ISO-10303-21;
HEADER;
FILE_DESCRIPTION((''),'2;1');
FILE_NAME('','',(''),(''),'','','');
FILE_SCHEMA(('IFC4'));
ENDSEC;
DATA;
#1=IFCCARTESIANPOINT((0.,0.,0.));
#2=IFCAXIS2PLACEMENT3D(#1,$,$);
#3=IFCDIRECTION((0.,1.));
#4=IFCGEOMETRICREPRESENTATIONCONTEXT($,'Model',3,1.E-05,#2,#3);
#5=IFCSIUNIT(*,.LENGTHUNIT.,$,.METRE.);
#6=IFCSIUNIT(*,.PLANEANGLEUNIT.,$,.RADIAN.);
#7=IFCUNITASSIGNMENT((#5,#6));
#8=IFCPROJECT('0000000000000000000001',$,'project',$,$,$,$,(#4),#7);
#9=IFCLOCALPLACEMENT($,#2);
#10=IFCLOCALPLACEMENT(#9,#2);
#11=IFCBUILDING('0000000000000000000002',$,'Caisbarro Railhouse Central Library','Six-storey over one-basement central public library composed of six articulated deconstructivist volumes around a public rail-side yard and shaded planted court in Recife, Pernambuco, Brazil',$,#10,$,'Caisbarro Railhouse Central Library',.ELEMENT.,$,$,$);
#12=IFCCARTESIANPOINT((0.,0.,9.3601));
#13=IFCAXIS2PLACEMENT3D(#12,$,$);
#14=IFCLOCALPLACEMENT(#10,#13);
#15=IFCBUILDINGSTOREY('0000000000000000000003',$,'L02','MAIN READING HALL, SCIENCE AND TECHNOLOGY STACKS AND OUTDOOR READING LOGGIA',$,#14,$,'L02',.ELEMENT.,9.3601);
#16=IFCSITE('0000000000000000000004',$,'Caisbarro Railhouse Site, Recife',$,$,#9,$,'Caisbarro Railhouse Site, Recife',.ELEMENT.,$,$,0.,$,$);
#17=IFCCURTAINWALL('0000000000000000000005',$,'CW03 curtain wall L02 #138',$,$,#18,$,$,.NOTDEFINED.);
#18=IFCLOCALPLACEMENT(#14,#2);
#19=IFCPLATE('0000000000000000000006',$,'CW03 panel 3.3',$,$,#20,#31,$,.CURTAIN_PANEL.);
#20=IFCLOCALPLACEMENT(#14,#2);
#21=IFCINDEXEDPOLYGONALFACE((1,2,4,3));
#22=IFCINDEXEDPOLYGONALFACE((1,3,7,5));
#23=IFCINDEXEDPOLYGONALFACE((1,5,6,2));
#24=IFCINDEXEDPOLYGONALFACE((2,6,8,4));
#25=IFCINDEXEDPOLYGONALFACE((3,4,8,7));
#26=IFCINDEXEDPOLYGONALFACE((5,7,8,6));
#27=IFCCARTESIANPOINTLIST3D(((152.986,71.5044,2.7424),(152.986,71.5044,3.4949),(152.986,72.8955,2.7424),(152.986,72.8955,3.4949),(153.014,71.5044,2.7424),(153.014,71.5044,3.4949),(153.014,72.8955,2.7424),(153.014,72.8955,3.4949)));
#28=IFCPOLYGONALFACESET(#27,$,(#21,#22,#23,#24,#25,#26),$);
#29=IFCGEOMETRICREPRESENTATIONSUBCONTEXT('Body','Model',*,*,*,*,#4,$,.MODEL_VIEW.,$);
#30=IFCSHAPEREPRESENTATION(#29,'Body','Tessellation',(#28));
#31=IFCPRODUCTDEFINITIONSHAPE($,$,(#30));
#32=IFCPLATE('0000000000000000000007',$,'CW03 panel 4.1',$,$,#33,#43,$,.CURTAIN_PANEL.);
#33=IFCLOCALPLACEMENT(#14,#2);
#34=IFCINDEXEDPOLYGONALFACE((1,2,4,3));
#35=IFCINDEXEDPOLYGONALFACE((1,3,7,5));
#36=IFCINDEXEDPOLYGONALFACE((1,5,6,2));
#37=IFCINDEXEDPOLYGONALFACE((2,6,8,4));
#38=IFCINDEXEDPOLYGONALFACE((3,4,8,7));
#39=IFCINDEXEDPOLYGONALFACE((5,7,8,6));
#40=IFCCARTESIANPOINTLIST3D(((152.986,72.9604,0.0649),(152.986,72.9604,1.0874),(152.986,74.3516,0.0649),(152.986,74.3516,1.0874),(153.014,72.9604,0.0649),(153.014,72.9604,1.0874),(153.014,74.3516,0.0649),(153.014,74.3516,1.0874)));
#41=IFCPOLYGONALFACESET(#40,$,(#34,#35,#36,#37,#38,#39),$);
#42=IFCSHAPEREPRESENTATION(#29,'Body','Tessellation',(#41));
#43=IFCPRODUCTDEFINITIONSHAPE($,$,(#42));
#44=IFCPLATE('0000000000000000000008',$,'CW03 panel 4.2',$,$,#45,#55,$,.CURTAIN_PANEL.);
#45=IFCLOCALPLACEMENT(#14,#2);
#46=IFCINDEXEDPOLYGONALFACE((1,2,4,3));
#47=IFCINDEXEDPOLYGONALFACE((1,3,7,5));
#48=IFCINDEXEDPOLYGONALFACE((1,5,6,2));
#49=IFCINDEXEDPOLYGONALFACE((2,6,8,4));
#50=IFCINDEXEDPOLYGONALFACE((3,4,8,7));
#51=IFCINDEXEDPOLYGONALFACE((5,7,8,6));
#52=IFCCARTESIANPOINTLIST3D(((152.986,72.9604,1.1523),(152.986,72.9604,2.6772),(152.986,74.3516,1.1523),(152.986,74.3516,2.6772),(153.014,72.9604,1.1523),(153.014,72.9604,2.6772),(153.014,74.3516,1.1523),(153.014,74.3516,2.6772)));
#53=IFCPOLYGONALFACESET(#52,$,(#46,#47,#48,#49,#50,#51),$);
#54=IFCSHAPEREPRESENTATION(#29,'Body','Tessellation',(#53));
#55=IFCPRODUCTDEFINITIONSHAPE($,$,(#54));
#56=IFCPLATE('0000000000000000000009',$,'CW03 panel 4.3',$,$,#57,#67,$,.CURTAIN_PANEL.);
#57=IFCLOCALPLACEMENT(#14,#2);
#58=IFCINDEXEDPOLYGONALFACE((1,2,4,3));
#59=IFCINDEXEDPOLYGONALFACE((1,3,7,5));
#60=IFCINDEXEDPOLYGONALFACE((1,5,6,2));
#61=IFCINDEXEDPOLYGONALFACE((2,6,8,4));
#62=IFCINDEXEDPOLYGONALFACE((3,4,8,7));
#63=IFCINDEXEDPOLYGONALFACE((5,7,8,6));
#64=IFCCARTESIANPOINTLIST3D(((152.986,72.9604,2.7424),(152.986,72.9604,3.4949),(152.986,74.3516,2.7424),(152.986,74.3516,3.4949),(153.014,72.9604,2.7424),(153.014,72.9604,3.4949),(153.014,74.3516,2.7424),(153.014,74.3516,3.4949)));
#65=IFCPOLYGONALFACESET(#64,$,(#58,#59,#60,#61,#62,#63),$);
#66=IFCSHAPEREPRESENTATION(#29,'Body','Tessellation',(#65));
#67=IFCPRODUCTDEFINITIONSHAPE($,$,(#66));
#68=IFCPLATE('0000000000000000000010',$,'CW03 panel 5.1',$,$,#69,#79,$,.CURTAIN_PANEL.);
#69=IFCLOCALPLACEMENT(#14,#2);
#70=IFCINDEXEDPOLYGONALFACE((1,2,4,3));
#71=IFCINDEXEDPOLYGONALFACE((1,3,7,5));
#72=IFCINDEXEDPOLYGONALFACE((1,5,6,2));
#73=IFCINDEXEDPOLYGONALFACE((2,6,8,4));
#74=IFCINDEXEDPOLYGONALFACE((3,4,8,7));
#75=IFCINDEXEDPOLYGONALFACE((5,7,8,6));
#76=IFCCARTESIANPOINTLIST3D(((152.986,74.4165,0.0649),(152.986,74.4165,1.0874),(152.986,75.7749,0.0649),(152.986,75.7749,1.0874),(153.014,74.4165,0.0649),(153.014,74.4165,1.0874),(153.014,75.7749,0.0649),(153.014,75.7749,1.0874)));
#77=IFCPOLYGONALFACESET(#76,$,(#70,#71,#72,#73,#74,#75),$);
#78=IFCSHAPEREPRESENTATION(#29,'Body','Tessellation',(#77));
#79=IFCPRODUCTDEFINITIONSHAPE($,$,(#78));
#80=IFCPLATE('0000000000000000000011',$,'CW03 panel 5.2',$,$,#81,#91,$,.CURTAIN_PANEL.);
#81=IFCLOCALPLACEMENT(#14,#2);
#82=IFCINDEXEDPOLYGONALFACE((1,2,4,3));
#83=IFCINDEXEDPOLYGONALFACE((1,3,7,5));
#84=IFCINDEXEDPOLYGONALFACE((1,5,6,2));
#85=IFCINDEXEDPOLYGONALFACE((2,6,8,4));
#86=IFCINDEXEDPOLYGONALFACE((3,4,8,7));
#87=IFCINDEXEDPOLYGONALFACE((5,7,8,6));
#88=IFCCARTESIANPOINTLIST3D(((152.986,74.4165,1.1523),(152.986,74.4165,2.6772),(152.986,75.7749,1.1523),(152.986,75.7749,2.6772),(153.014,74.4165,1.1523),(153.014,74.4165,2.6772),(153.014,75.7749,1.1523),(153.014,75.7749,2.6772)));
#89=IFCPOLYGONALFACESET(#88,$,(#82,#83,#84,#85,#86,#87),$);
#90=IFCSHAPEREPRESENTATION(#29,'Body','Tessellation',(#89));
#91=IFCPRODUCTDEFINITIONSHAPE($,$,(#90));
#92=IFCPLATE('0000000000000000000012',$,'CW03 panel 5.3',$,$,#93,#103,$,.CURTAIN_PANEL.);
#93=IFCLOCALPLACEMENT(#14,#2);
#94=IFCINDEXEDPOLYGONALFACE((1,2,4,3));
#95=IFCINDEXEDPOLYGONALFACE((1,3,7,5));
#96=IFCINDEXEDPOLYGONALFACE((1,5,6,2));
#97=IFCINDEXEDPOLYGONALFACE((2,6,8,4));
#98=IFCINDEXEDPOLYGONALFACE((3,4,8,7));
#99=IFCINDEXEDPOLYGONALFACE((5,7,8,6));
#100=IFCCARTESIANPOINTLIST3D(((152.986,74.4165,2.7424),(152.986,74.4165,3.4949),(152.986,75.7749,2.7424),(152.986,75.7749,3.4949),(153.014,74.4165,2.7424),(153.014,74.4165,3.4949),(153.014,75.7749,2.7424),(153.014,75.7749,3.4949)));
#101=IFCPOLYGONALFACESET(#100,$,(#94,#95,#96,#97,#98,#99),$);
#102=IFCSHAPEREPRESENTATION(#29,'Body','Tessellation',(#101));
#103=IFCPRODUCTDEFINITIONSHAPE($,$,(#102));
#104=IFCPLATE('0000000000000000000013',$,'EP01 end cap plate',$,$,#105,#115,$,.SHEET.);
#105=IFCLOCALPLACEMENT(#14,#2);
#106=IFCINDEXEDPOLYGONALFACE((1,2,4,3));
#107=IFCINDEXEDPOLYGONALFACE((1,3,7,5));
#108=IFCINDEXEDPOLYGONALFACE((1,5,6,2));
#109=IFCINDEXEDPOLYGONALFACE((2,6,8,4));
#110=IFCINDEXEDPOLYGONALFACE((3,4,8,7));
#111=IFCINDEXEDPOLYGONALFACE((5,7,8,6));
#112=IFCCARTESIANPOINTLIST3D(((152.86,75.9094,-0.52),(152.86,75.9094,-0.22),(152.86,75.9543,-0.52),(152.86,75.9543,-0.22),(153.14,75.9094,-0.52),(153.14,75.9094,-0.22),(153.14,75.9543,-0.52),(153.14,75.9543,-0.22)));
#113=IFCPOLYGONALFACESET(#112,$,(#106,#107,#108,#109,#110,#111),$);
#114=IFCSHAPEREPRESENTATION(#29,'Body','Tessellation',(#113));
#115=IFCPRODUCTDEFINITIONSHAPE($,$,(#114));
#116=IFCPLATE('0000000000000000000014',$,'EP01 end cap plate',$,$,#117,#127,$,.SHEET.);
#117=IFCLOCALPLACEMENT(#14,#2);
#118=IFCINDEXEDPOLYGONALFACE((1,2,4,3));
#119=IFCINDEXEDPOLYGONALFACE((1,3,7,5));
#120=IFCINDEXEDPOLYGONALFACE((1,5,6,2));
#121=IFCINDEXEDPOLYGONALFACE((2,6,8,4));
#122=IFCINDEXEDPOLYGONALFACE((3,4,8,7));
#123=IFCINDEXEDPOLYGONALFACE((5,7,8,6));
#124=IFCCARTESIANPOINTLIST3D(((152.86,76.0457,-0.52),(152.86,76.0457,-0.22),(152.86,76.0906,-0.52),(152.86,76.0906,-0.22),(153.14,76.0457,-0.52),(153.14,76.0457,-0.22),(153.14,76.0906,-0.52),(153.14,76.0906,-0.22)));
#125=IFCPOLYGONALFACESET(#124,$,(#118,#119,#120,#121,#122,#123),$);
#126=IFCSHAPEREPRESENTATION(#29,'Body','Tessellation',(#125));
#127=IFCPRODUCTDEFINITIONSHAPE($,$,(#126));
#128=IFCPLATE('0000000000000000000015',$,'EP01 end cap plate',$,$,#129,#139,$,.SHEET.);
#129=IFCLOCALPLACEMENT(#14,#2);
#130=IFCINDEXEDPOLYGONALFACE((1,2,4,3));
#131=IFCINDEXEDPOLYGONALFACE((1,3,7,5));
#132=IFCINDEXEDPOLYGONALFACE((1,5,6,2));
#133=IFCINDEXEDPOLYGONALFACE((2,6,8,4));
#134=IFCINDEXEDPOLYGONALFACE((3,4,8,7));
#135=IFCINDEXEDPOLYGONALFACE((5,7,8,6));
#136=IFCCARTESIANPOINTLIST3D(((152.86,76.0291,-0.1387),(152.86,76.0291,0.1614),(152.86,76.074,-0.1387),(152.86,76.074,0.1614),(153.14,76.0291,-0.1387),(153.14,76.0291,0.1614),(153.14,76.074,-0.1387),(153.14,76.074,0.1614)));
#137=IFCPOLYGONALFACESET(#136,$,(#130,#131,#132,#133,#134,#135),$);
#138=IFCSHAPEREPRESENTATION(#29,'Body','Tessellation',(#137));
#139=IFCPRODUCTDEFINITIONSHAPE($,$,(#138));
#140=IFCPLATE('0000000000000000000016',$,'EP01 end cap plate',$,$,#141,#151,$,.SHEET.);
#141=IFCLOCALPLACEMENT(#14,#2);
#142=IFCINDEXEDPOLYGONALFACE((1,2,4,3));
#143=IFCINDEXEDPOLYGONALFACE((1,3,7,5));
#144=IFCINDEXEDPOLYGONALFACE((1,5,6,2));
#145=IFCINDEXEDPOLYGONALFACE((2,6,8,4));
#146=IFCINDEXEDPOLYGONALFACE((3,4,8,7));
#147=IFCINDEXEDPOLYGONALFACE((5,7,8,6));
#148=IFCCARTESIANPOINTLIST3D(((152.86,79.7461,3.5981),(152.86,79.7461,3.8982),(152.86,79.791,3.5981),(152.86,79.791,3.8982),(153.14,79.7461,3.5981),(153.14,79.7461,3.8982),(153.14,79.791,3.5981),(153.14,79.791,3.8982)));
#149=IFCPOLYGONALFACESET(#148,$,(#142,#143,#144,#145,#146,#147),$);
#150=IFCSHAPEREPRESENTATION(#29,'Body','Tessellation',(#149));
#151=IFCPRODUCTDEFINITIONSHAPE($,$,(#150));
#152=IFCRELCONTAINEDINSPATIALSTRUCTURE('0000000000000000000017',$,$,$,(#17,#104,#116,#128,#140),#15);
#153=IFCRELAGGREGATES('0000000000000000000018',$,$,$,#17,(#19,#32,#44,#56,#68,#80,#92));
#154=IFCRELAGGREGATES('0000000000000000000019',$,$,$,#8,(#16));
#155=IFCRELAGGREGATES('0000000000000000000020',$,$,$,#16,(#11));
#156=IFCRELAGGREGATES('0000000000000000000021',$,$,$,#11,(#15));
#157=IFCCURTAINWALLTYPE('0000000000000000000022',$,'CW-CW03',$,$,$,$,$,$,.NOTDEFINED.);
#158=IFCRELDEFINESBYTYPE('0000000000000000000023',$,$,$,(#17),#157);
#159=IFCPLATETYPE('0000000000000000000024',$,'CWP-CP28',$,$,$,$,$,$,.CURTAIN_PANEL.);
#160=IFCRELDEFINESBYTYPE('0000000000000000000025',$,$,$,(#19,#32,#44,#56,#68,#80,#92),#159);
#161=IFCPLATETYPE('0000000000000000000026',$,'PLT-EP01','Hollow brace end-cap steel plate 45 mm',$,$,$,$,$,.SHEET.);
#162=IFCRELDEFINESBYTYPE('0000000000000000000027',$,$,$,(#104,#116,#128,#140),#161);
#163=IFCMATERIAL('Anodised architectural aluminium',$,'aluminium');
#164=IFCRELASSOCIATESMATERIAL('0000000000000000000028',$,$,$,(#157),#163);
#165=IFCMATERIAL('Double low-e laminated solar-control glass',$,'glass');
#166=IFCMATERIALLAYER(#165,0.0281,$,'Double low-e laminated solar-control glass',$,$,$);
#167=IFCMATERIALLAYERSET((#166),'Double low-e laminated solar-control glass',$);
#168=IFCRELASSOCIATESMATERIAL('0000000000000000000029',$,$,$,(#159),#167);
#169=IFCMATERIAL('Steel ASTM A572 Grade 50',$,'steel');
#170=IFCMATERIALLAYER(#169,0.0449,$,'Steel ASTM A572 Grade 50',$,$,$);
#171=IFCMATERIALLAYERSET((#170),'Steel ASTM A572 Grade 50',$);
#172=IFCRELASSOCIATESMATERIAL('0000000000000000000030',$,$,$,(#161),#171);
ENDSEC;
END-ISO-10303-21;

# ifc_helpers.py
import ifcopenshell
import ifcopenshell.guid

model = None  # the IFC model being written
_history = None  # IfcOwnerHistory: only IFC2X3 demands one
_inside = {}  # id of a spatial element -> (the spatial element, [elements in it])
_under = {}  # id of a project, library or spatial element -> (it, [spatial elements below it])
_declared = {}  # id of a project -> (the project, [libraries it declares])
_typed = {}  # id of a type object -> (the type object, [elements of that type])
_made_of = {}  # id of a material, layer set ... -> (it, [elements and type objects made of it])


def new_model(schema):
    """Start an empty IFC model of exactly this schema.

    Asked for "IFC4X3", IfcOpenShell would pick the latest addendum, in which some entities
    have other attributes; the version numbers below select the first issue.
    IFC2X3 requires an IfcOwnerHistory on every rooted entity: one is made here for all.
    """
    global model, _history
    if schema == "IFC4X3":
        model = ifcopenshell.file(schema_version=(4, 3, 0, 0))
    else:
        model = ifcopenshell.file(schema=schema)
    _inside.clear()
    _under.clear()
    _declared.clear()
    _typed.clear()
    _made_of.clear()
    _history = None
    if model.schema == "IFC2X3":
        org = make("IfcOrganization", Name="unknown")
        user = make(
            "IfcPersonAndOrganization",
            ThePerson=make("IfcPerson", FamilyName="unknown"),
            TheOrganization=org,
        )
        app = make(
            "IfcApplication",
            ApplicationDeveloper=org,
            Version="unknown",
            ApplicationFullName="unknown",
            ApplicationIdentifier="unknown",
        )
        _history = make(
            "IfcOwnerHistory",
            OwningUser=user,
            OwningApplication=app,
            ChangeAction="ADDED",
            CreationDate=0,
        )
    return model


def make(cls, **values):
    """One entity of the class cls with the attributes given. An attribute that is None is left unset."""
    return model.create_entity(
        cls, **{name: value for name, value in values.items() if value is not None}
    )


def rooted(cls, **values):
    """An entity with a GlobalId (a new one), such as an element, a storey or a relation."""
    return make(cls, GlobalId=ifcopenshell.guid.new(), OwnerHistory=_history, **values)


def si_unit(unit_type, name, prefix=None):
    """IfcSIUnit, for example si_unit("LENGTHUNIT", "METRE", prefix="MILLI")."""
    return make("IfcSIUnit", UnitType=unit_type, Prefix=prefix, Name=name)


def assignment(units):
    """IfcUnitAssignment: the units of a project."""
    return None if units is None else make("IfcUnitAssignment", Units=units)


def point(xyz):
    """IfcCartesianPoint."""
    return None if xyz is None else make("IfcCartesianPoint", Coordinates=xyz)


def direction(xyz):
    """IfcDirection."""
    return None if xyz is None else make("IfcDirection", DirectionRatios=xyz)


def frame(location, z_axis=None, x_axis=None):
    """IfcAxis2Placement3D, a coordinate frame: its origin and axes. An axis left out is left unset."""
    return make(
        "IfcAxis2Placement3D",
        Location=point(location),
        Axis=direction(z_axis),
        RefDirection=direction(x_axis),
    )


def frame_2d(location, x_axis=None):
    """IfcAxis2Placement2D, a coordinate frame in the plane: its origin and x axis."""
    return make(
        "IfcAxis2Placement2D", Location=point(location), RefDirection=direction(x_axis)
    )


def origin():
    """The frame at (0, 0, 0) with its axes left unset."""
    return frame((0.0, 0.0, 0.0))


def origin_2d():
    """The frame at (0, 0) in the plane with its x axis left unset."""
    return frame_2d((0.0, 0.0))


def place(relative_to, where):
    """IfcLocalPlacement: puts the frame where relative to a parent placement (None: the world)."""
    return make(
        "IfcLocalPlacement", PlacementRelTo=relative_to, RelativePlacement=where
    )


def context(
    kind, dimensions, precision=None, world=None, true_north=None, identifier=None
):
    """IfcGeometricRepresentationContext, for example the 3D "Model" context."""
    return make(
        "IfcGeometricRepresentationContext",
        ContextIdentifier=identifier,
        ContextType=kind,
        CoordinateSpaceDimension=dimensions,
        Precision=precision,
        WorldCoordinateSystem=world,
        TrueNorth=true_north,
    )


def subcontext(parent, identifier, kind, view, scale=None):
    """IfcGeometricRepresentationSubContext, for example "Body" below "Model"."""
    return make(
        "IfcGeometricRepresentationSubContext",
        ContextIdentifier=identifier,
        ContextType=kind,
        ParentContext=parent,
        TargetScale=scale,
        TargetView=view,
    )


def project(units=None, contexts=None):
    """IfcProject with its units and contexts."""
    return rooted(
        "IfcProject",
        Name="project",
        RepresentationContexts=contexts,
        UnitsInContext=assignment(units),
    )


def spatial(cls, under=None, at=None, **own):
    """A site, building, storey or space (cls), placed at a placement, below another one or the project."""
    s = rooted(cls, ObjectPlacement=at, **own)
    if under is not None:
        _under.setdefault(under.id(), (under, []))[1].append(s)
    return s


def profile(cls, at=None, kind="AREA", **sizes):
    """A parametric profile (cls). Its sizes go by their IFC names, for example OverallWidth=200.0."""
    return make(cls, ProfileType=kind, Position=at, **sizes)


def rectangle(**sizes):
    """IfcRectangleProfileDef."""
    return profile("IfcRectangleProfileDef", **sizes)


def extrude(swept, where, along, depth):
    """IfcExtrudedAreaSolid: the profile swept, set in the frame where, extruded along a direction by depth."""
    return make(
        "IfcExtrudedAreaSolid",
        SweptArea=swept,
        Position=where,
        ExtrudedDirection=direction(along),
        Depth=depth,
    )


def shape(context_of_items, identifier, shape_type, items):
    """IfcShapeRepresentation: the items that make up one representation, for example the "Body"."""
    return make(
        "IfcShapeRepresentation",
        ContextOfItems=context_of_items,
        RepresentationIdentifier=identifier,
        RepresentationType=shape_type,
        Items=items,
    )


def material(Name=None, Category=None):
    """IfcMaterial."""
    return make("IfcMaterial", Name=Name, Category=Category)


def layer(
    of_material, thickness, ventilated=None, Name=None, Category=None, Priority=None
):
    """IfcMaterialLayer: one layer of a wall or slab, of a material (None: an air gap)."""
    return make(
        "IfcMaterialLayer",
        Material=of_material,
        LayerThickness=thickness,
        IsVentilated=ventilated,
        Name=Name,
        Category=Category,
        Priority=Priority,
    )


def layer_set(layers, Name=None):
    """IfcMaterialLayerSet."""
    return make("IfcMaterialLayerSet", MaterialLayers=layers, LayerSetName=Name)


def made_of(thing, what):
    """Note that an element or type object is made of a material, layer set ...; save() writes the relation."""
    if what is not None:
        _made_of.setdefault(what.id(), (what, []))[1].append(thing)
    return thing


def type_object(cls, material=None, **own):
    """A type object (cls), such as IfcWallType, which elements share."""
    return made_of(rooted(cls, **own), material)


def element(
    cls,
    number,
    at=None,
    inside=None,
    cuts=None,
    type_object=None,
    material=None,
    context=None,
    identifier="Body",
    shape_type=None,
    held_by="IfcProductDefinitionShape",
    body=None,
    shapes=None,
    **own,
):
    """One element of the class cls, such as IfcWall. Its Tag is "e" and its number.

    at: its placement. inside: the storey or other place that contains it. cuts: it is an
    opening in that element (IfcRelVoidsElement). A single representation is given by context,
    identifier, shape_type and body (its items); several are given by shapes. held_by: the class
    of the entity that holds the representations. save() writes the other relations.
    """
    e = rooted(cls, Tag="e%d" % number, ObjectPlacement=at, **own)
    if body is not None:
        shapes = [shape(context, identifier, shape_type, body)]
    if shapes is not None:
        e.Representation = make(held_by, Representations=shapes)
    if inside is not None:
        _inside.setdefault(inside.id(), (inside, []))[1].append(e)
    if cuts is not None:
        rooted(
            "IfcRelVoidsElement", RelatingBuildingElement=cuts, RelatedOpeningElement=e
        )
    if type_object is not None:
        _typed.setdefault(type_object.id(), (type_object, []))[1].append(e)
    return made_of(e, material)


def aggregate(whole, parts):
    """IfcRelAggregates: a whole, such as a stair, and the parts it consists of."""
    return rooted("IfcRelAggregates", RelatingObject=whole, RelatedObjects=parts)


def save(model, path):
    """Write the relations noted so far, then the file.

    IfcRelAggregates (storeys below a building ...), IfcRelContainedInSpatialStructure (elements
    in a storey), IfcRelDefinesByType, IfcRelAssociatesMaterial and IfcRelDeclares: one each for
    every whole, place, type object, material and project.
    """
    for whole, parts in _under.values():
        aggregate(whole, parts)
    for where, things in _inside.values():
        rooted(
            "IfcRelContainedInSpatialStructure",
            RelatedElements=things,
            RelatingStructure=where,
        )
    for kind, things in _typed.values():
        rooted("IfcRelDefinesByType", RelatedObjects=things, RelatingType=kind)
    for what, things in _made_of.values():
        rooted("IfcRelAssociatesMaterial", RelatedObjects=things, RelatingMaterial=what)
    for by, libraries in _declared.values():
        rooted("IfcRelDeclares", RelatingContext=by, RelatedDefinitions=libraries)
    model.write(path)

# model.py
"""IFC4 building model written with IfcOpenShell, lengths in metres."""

from ifc_helpers import new_model, si_unit, direction, frame, origin, origin_2d, place, context, subcontext, project, spatial, rectangle, extrude, material, layer, layer_set, type_object, element, aggregate, save


model = new_model("IFC4")

# Units and contexts
model_context = context("Model", 3, precision=1e-05, world=origin(), true_north=direction((0.0, 1.0)))
body_context = subcontext(model_context, "Body", "Model", "MODEL_VIEW")
ifc_project = project(units=[si_unit("LENGTHUNIT", "METRE"), si_unit("PLANEANGLEUNIT", "RADIAN")], contexts=[model_context])

# Site, building, storey
site_placement = place(None, origin())
site = spatial("IfcSite", under=ifc_project, at=site_placement, Name="Caisbarro Railhouse Site, Recife", LongName="Caisbarro Railhouse Site, Recife", CompositionType="ELEMENT", RefElevation=0.0)
building_placement = place(site_placement, origin())
building = spatial("IfcBuilding", under=site, at=building_placement, Name="Caisbarro Railhouse Central Library", Description="Six-storey over one-basement central public library composed of six articulated deconstructivist volumes around a public rail-side yard and shaded planted court in Recife, Pernambuco, Brazil", LongName="Caisbarro Railhouse Central Library", CompositionType="ELEMENT")
storey_placement = place(building_placement, frame((0.0, 0.0, 9.3601)))
storey = spatial("IfcBuildingStorey", under=building, at=storey_placement, Name="L02", Description="MAIN READING HALL, SCIENCE AND TECHNOLOGY STACKS AND OUTDOOR READING LOGGIA", LongName="L02", CompositionType="ELEMENT", Elevation=9.3601)

# Shared definitions
ifc_material_1 = material(Name="Steel ASTM A572 Grade 50", Category="steel")

# Curtain wall
ifc_material_2 = material(Name="Anodised architectural aluminium", Category="aluminium")
curtain_wall_type = type_object("IfcCurtainWallType", Name="CW-CW03", PredefinedType="NOTDEFINED", material=ifc_material_2)
curtain_wall_placement = place(storey_placement, origin())
curtain_wall = element("IfcCurtainWall", 1, at=curtain_wall_placement, inside=storey, type_object=curtain_wall_type, Name="CW03 curtain wall L02 #138", PredefinedType="NOTDEFINED")

# Plates
ifc_material_3 = material(Name="Double low-e laminated solar-control glass", Category="glass")
ifc_layer_1 = layer(ifc_material_3, 0.0281, Name="Double low-e laminated solar-control glass")
ifc_layer_set_1 = layer_set([ifc_layer_1], Name="Double low-e laminated solar-control glass")
plate_type_1 = type_object("IfcPlateType", Name="CWP-CP28", PredefinedType="CURTAIN_PANEL", material=ifc_layer_set_1)
plate_1_placement = place(storey_placement, frame((153.0, 72.2, 2.7424), z_axis=(0.0, 0.0, 1.0), x_axis=(0.0, 1.0, 0.0)))
plate_1 = element("IfcPlate", 2, at=plate_1_placement, type_object=plate_type_1, Name="CW03 panel 3.3", PredefinedType="CURTAIN_PANEL", context=body_context, shape_type="SweptSolid", body=[
    extrude(rectangle(XDim=1.3911, YDim=0.0281, at=origin_2d()), origin(), (0.0, 0.0, 1.0), 0.7524),
])
plate_2_placement = place(storey_placement, frame((153.0, 73.656, 0.0649), z_axis=(0.0, 0.0, 1.0), x_axis=(0.0, 1.0, 0.0)))
plate_2 = element("IfcPlate", 3, at=plate_2_placement, type_object=plate_type_1, Name="CW03 panel 4.1", PredefinedType="CURTAIN_PANEL", context=body_context, shape_type="SweptSolid", body=[
    extrude(rectangle(XDim=1.3911, YDim=0.0281, at=origin_2d()), origin(), (0.0, 0.0, 1.0), 1.0225),
])
plate_3_placement = place(storey_placement, frame((153.0, 73.656, 1.1523), z_axis=(0.0, 0.0, 1.0), x_axis=(0.0, 1.0, 0.0)))
plate_3 = element("IfcPlate", 4, at=plate_3_placement, type_object=plate_type_1, Name="CW03 panel 4.2", PredefinedType="CURTAIN_PANEL", context=body_context, shape_type="SweptSolid", body=[
    extrude(rectangle(XDim=1.3911, YDim=0.0281, at=origin_2d()), origin(), (0.0, 0.0, 1.0), 1.5249),
])
plate_4_placement = place(storey_placement, frame((153.0, 73.656, 2.7424), z_axis=(0.0, 0.0, 1.0), x_axis=(0.0, 1.0, 0.0)))
plate_4 = element("IfcPlate", 5, at=plate_4_placement, type_object=plate_type_1, Name="CW03 panel 4.3", PredefinedType="CURTAIN_PANEL", context=body_context, shape_type="SweptSolid", body=[
    extrude(rectangle(XDim=1.3911, YDim=0.0281, at=origin_2d()), origin(), (0.0, 0.0, 1.0), 0.7524),
])
plate_5_placement = place(storey_placement, frame((153.0, 75.0957, 0.0649), z_axis=(0.0, 0.0, 1.0), x_axis=(0.0, 1.0, 0.0)))
plate_5 = element("IfcPlate", 6, at=plate_5_placement, type_object=plate_type_1, Name="CW03 panel 5.1", PredefinedType="CURTAIN_PANEL", context=body_context, shape_type="SweptSolid", body=[
    extrude(rectangle(XDim=1.3584, YDim=0.0281, at=origin_2d()), origin(), (0.0, 0.0, 1.0), 1.0225),
])
plate_6_placement = place(storey_placement, frame((153.0, 75.0957, 1.1523), z_axis=(0.0, 0.0, 1.0), x_axis=(0.0, 1.0, 0.0)))
plate_6 = element("IfcPlate", 7, at=plate_6_placement, type_object=plate_type_1, Name="CW03 panel 5.2", PredefinedType="CURTAIN_PANEL", context=body_context, shape_type="SweptSolid", body=[
    extrude(rectangle(XDim=1.3584, YDim=0.0281, at=origin_2d()), origin(), (0.0, 0.0, 1.0), 1.5249),
])
plate_7_placement = place(storey_placement, frame((153.0, 75.0957, 2.7424), z_axis=(0.0, 0.0, 1.0), x_axis=(0.0, 1.0, 0.0)))
plate_7 = element("IfcPlate", 8, at=plate_7_placement, type_object=plate_type_1, Name="CW03 panel 5.3", PredefinedType="CURTAIN_PANEL", context=body_context, shape_type="SweptSolid", body=[
    extrude(rectangle(XDim=1.3584, YDim=0.0281, at=origin_2d()), origin(), (0.0, 0.0, 1.0), 0.7524),
])
aggregate(curtain_wall, [plate_1, plate_2, plate_3, plate_4, plate_5, plate_6, plate_7])

# Plates
ifc_layer_2 = layer(ifc_material_1, 0.0449, Name="Steel ASTM A572 Grade 50")
ifc_layer_set_2 = layer_set([ifc_layer_2], Name="Steel ASTM A572 Grade 50")
plate_type_2 = type_object("IfcPlateType", Name="PLT-EP01", Description="Hollow brace end-cap steel plate 45 mm", PredefinedType="SHEET", material=ifc_layer_set_2)
for number, where, z_axis, x_axis, name in (
    (9, (153.0, 75.9319, -0.52), (0.0, 0.0, 1.0), (0.0, 1.0, 0.0), "EP01 end cap plate"),
    (10, (153.0, 76.0681, -0.52), (0.0, 0.0, 1.0), (0.0, 1.0, 0.0), "EP01 end cap plate"),
    (11, (153.0, 76.0515, -0.1387), (0.0, 0.0, 1.0), (0.0, 1.0, 0.0), "EP01 end cap plate"),
    (12, (153.0, 79.7686, 3.5981), (0.0, 0.0, 1.0), (0.0, 1.0, 0.0), "EP01 end cap plate"),
):
    element("IfcPlate", number, at=place(storey_placement, frame(where, z_axis=z_axis, x_axis=x_axis)), inside=storey, type_object=plate_type_2, Name=name, PredefinedType="SHEET", context=body_context, shape_type="SweptSolid", body=[
        extrude(rectangle(XDim=0.0449, YDim=0.28, at=origin_2d()), origin(), (0.0, 0.0, 1.0), 0.3),
    ])

save(model, "model.ifc")
